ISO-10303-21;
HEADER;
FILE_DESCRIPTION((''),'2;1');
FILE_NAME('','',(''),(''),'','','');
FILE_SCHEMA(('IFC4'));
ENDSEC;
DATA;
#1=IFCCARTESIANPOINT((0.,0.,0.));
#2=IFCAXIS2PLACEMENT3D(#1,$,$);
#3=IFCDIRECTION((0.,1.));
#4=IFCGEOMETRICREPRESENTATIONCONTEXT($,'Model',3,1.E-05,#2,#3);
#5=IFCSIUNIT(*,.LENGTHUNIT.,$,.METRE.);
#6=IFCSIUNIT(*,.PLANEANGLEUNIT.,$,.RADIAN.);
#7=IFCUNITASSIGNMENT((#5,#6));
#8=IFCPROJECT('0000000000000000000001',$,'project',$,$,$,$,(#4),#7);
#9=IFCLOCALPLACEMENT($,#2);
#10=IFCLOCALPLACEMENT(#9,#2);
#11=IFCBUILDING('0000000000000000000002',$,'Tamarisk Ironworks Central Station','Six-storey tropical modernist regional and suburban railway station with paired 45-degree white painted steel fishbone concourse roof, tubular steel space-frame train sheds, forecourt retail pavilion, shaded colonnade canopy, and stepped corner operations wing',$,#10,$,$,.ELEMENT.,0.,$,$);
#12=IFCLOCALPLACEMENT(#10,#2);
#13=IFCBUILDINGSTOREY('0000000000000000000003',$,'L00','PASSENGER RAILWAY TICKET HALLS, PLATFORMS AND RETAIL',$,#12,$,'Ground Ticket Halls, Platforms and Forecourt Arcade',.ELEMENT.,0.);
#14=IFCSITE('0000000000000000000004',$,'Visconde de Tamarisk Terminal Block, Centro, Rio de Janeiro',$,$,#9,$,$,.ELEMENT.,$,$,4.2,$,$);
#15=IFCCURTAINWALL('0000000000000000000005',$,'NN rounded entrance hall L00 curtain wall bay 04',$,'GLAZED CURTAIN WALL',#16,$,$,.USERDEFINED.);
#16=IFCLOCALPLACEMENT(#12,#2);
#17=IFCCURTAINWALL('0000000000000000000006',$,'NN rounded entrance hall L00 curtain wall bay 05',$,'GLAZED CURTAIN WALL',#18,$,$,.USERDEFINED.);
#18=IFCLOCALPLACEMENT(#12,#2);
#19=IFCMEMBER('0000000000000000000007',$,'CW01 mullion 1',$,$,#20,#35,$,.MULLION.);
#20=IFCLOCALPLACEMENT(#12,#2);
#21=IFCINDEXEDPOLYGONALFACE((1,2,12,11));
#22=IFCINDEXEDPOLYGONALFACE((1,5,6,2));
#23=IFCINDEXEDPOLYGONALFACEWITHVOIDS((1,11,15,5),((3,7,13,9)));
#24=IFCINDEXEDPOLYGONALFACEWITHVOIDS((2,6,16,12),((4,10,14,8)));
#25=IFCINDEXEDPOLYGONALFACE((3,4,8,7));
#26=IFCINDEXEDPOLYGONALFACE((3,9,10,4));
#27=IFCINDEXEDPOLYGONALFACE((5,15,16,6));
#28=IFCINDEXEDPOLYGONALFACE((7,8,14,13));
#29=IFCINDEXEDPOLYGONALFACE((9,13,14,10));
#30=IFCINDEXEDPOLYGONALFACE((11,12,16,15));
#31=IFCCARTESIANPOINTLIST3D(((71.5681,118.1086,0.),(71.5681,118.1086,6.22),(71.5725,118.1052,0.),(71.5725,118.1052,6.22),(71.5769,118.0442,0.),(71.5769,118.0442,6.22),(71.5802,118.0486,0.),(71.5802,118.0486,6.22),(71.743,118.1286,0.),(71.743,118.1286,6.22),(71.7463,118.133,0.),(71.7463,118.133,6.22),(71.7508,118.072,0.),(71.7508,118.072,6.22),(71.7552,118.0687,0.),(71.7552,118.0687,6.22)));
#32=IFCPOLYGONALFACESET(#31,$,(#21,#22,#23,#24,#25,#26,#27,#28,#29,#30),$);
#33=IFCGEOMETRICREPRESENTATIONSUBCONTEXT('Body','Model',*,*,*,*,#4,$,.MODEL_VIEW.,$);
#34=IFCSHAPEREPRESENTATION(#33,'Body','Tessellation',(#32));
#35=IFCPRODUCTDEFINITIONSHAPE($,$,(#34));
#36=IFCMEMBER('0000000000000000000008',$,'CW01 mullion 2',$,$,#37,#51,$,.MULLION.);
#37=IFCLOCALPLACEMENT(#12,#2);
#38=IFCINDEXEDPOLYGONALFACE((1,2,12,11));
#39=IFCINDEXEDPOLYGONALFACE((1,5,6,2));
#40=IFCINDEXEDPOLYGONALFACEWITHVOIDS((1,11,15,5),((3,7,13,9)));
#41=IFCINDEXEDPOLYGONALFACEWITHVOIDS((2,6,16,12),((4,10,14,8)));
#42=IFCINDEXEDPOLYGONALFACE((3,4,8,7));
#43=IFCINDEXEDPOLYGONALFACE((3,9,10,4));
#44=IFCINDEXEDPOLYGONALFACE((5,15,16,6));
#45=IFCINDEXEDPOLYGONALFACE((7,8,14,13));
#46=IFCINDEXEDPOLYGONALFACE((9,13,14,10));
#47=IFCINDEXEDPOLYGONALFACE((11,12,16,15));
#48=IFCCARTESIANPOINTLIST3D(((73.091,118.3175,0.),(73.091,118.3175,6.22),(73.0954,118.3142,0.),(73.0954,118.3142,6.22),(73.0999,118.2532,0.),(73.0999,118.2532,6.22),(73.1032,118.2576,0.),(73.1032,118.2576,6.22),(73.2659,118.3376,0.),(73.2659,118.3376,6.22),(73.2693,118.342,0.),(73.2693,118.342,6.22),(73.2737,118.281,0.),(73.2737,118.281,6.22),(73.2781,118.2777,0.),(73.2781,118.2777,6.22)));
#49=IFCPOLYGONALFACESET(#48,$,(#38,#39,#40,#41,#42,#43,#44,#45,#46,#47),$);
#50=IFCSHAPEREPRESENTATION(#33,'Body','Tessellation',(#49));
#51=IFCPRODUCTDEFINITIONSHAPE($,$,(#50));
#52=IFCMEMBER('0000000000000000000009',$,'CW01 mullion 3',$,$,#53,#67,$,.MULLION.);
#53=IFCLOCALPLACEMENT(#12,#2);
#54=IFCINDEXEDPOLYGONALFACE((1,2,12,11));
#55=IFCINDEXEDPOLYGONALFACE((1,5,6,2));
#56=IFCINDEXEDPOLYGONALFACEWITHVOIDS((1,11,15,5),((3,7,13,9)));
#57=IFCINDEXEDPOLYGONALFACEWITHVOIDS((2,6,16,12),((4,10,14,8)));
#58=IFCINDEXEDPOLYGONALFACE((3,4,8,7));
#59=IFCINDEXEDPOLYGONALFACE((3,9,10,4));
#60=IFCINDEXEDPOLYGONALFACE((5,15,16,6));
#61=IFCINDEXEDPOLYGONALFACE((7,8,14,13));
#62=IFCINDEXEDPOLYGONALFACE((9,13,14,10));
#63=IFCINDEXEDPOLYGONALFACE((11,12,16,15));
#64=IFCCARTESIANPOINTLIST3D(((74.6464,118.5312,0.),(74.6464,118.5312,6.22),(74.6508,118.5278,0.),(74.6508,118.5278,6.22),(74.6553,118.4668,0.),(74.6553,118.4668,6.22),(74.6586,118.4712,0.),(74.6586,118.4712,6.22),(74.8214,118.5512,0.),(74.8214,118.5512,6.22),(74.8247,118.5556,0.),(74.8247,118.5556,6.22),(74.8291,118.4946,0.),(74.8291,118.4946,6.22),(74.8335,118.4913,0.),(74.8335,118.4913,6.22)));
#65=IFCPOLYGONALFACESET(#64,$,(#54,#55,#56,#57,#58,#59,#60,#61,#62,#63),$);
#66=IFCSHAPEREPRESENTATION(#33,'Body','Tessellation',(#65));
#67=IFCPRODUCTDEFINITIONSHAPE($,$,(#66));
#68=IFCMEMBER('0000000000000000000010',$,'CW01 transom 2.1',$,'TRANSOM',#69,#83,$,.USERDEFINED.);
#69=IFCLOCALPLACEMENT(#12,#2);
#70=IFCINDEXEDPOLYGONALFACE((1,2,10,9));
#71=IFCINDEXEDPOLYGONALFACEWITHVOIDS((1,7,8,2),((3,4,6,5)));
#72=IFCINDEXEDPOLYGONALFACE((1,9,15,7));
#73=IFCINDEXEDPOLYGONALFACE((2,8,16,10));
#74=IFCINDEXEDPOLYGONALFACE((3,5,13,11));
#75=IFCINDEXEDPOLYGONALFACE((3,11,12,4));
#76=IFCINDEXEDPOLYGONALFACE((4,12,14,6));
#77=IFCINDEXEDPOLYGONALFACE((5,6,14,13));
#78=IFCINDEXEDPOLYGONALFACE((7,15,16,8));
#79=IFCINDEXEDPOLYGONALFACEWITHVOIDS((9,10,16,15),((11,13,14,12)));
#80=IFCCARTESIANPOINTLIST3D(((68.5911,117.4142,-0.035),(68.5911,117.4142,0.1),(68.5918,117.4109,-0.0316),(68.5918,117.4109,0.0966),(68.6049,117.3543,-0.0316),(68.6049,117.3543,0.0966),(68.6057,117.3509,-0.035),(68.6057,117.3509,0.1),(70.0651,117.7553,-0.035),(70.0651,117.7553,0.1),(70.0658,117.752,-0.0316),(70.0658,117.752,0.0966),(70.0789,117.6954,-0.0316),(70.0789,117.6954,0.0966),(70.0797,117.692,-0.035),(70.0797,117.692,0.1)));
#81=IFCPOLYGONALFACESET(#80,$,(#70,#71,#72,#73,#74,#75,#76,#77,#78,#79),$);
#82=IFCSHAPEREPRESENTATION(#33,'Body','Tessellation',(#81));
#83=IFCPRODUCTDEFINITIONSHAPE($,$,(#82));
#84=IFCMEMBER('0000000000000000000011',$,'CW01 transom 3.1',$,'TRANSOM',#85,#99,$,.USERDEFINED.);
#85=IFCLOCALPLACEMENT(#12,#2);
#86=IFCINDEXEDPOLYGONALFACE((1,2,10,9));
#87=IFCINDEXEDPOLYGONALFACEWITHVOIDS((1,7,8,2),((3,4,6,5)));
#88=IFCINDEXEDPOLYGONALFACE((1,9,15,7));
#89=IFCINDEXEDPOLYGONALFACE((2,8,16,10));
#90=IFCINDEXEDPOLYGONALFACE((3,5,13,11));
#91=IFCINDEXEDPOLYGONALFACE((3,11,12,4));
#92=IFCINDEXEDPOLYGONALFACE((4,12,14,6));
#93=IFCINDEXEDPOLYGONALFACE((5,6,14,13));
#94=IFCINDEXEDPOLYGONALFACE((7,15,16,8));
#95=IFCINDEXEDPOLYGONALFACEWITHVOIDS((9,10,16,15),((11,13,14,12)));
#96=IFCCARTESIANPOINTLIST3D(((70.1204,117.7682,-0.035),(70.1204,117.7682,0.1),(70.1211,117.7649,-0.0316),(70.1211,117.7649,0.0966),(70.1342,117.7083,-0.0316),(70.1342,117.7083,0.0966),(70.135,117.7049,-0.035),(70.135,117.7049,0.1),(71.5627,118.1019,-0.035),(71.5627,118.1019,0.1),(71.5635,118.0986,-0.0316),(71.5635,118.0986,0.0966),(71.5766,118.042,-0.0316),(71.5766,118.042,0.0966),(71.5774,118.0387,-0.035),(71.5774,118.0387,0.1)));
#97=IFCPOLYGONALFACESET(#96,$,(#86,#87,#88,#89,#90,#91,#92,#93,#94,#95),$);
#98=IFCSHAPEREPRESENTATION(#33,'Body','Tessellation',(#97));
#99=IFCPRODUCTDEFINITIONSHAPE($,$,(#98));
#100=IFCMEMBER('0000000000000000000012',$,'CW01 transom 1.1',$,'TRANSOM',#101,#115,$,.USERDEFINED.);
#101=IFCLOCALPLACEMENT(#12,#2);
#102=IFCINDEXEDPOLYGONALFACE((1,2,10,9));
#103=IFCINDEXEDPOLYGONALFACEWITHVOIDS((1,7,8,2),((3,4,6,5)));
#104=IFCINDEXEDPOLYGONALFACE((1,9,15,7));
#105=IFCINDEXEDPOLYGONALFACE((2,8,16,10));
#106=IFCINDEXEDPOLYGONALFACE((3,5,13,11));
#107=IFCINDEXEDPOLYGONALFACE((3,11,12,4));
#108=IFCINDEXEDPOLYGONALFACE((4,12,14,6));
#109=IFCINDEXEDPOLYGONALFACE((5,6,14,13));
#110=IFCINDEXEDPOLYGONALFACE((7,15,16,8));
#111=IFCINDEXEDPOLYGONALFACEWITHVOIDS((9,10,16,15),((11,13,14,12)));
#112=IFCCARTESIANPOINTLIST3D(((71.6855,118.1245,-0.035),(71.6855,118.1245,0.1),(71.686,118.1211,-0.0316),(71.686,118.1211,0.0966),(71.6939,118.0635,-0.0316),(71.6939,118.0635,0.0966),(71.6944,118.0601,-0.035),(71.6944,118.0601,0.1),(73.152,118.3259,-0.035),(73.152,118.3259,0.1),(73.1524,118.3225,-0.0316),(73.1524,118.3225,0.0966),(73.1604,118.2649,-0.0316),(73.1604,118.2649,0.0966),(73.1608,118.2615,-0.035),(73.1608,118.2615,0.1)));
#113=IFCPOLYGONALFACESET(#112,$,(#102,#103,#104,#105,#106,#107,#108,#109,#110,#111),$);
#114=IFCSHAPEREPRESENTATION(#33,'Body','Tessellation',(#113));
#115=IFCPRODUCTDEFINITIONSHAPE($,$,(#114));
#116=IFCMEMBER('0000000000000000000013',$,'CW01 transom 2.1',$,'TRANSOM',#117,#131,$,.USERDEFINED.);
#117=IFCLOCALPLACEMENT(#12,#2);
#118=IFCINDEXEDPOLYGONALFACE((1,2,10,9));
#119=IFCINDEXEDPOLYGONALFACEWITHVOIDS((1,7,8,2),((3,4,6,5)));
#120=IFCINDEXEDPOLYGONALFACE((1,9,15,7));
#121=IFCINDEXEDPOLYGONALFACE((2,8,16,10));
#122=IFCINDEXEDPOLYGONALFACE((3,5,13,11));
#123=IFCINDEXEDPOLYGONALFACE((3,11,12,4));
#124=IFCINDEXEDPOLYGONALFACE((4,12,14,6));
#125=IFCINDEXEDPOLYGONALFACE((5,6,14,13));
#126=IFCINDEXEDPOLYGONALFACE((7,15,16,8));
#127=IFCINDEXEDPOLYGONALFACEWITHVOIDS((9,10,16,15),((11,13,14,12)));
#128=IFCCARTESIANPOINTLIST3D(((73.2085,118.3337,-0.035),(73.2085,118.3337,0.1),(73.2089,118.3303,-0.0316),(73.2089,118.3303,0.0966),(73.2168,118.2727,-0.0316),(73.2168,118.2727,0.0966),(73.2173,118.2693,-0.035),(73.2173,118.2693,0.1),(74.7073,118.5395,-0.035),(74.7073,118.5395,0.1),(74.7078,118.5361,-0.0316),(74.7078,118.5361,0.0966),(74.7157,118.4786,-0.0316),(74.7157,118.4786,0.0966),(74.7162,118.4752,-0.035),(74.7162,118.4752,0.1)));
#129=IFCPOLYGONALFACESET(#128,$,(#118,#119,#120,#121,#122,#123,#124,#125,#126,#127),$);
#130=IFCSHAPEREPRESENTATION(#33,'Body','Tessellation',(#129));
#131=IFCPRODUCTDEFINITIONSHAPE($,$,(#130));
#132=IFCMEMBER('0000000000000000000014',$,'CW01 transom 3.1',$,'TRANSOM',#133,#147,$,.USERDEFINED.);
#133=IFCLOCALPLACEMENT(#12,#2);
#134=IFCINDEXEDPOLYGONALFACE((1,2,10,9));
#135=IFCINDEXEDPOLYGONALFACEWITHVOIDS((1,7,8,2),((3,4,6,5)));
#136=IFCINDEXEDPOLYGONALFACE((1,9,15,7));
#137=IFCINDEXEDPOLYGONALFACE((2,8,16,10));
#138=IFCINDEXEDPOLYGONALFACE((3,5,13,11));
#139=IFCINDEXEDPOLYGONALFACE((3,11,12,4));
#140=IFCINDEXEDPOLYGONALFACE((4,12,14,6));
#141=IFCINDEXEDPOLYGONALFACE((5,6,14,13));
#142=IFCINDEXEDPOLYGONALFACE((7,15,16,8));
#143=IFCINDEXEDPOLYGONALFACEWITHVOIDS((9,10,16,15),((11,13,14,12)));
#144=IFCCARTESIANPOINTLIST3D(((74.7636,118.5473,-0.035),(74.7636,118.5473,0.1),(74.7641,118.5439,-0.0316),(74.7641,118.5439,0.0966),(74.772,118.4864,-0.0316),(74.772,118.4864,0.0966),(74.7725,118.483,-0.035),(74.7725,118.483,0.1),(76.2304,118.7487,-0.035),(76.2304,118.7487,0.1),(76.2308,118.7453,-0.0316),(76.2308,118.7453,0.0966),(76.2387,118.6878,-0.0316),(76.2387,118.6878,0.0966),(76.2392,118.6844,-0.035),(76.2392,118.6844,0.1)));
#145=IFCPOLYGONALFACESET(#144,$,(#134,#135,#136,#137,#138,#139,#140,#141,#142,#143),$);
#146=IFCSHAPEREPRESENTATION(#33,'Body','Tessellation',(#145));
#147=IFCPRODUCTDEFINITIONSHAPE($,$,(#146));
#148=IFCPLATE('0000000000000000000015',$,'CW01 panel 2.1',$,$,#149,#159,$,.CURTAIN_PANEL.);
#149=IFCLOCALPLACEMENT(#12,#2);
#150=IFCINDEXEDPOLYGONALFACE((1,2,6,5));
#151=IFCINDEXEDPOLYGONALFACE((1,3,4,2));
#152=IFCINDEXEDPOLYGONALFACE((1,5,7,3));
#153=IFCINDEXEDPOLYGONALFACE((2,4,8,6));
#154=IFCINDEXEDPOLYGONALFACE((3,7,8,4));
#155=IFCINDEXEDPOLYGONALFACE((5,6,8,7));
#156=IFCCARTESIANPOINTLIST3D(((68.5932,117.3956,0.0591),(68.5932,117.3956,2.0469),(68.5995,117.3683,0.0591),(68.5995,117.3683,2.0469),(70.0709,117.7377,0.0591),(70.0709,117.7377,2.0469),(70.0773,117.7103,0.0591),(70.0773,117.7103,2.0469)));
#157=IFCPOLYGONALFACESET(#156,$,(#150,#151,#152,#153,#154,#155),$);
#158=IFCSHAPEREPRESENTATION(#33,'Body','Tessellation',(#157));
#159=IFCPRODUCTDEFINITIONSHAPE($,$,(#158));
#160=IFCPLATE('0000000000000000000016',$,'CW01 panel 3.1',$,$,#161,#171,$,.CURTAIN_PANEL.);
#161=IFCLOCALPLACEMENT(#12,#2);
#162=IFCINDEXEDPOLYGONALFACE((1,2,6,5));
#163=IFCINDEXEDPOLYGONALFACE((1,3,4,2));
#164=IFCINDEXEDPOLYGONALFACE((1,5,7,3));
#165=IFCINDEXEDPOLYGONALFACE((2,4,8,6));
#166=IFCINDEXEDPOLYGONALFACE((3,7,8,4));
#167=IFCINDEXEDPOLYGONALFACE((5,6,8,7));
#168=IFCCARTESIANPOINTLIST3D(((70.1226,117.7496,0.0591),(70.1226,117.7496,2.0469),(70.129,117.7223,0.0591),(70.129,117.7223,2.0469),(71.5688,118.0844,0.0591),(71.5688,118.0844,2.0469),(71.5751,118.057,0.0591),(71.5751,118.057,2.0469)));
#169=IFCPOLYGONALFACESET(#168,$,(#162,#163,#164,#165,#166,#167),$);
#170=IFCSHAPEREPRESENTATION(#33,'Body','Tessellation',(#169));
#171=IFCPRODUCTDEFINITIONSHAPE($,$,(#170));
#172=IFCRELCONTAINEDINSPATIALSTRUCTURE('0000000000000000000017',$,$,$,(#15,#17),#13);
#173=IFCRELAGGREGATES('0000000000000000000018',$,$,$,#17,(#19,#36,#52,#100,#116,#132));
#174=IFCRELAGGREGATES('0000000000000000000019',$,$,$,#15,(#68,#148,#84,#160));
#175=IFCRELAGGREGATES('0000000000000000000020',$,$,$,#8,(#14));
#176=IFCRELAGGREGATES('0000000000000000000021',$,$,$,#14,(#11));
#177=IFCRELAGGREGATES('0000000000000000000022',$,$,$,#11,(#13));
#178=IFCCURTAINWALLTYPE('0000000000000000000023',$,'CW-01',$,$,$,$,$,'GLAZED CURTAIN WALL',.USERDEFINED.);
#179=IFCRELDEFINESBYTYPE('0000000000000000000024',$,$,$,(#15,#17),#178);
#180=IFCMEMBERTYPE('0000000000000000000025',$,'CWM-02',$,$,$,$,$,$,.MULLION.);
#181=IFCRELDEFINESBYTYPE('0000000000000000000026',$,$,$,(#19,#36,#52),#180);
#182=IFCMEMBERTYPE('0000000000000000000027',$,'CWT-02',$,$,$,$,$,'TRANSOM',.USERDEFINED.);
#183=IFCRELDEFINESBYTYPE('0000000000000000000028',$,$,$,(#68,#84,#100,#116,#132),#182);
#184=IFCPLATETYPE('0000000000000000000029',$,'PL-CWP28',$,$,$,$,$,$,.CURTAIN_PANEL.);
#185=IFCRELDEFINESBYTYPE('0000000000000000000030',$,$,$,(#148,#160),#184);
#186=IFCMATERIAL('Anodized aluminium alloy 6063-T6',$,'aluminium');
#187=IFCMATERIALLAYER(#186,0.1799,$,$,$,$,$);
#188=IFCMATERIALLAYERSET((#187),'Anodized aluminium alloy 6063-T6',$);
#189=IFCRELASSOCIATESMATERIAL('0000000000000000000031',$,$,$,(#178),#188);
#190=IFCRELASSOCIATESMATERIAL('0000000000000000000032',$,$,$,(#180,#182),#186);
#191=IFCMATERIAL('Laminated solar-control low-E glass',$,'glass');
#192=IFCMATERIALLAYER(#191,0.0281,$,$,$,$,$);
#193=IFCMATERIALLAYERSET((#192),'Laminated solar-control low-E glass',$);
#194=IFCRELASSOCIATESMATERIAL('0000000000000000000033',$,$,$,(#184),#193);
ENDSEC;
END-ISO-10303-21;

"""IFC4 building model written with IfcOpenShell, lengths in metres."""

from ifc_helpers import new_model, si_unit, direction, frame, origin, origin_2d, place, context, subcontext, project, spatial, rectangle, hollow_rectangle, extrude, material, layer, layer_set, material_profile, profile_set, type_object, element, aggregate, save


model = new_model("IFC4")

# Units and contexts
model_context = context("Model", 3, precision=1e-05, world=origin(), true_north=direction((0.0, 1.0)))
body_context = subcontext(model_context, "Body", "Model", "MODEL_VIEW")
ifc_project = project(units=[si_unit("LENGTHUNIT", "METRE"), si_unit("PLANEANGLEUNIT", "RADIAN")], contexts=[model_context])

# Site, building, storey
site_placement = place(None, origin())
site = spatial("IfcSite", under=ifc_project, at=site_placement, Name="Visconde de Tamarisk Terminal Block, Centro, Rio de Janeiro", CompositionType="ELEMENT", RefElevation=4.2)
building_placement = place(site_placement, origin())
building = spatial("IfcBuilding", under=site, at=building_placement, Name="Tamarisk Ironworks Central Station", Description="Six-storey tropical modernist regional and suburban railway station with paired 45-degree white painted steel fishbone concourse roof, tubular steel space-frame train sheds, forecourt retail pavilion, shaded colonnade canopy, and stepped corner operations wing", CompositionType="ELEMENT", ElevationOfRefHeight=0.0)
storey_placement = place(building_placement, origin())
storey = spatial("IfcBuildingStorey", under=building, at=storey_placement, Name="L00", Description="PASSENGER RAILWAY TICKET HALLS, PLATFORMS AND RETAIL", LongName="Ground Ticket Halls, Platforms and Forecourt Arcade", CompositionType="ELEMENT", Elevation=0.0)

# Curtain walls, members
ifc_material_1 = material(Name="Anodized aluminium alloy 6063-T6", Category="aluminium")
ifc_layer_1 = layer(ifc_material_1, 0.1799)
ifc_layer_set_1 = layer_set([ifc_layer_1], Name="Anodized aluminium alloy 6063-T6")
curtain_wall_type = type_object("IfcCurtainWallType", Name="CW-01", ElementType="GLAZED CURTAIN WALL", PredefinedType="USERDEFINED", material=ifc_layer_set_1)
curtain_wall_1_placement = place(storey_placement, origin())
curtain_wall_1 = element("IfcCurtainWall", 1, at=curtain_wall_1_placement, inside=storey, type_object=curtain_wall_type, Name="NN rounded entrance hall L00 curtain wall bay 04", ObjectType="GLAZED CURTAIN WALL", PredefinedType="USERDEFINED")
ifc_material_profile_1 = material_profile(ifc_material_1, hollow_rectangle(XDim=0.0649, YDim=0.1799, WallThickness=0.0039, at=origin_2d()), Name="ALUM 180x65")
ifc_profile_set_1 = profile_set([ifc_material_profile_1], Name="Anodized aluminium alloy 6063-T6")
member_type_1 = type_object("IfcMemberType", Name="CWM-02", PredefinedType="MULLION", material=ifc_profile_set_1)
curtain_wall_2_placement = place(storey_placement, origin())
curtain_wall_2 = element("IfcCurtainWall", 2, at=curtain_wall_2_placement, inside=storey, type_object=curtain_wall_type, Name="NN rounded entrance hall L00 curtain wall bay 05", ObjectType="GLAZED CURTAIN WALL", PredefinedType="USERDEFINED")
member_1_placement = place(storey_placement, frame((71.6616, 118.0886, 0.0), z_axis=(0.0, 0.0, 1.0), x_axis=(-0.136042, 0.990703, 0.0)))
member_1 = element("IfcMember", 3, at=member_1_placement, type_object=member_type_1, Name="CW01 mullion 1", PredefinedType="MULLION", context=body_context, shape_type="SweptSolid", body=[
    extrude(hollow_rectangle(XDim=0.0649, YDim=0.1799, WallThickness=0.0039, at=origin_2d()), origin(), (0.0, 0.0, 1.0), 6.22),
])
member_2_placement = place(storey_placement, frame((73.1846, 118.2976, 0.0), z_axis=(0.0, 0.0, 1.0), x_axis=(-0.136042, 0.990703, 0.0)))
member_2 = element("IfcMember", 4, at=member_2_placement, type_object=member_type_1, Name="CW01 mullion 2", PredefinedType="MULLION", context=body_context, shape_type="SweptSolid", body=[
    extrude(hollow_rectangle(XDim=0.0649, YDim=0.1799, WallThickness=0.0039, at=origin_2d()), origin(), (0.0, 0.0, 1.0), 6.22),
])
member_3_placement = place(storey_placement, frame((74.74, 118.5112, 0.0), z_axis=(0.0, 0.0, 1.0), x_axis=(-0.136042, 0.990703, 0.0)))
member_3 = element("IfcMember", 5, at=member_3_placement, type_object=member_type_1, Name="CW01 mullion 3", PredefinedType="MULLION", context=body_context, shape_type="SweptSolid", body=[
    extrude(hollow_rectangle(XDim=0.0649, YDim=0.1799, WallThickness=0.0039, at=origin_2d()), origin(), (0.0, 0.0, 1.0), 6.22),
])

# Members
ifc_material_profile_2 = material_profile(ifc_material_1, hollow_rectangle(XDim=0.0649, YDim=0.135, WallThickness=0.0034, at=origin_2d()), Name="ALUM 135x65")
ifc_profile_set_2 = profile_set([ifc_material_profile_2], Name="Anodized aluminium alloy 6063-T6")
member_type_2 = type_object("IfcMemberType", Name="CWT-02", ElementType="TRANSOM", PredefinedType="USERDEFINED", material=ifc_profile_set_2)
member_4_placement = place(storey_placement, frame((68.5984, 117.3826, 0.0325), z_axis=(0.974255, 0.225449, 0.0), x_axis=(-0.225449, 0.974255, 0.0)))
member_4 = element("IfcMember", 6, at=member_4_placement, type_object=member_type_2, Name="CW01 transom 2.1", ObjectType="TRANSOM", PredefinedType="USERDEFINED", context=body_context, shape_type="SweptSolid", body=[
    extrude(hollow_rectangle(XDim=0.0649, YDim=0.135, WallThickness=0.0034, at=origin_2d()), origin(), (0.0, 0.0, 1.0), 1.5129),
])
member_5_placement = place(storey_placement, frame((70.1277, 117.7366, 0.0325), z_axis=(0.97426, 0.225426, 0.0), x_axis=(-0.225426, 0.97426, 0.0)))
member_5 = element("IfcMember", 7, at=member_5_placement, type_object=member_type_2, Name="CW01 transom 3.1", ObjectType="TRANSOM", PredefinedType="USERDEFINED", context=body_context, shape_type="SweptSolid", body=[
    extrude(hollow_rectangle(XDim=0.0649, YDim=0.135, WallThickness=0.0034, at=origin_2d()), origin(), (0.0, 0.0, 1.0), 1.4805),
])
member_6_placement = place(storey_placement, frame((71.6899, 118.0923, 0.0325), z_axis=(0.9907, 0.136063, 0.0), x_axis=(-0.136063, 0.9907, 0.0)))
member_6 = element("IfcMember", 8, at=member_6_placement, type_object=member_type_2, Name="CW01 transom 1.1", ObjectType="TRANSOM", PredefinedType="USERDEFINED", context=body_context, shape_type="SweptSolid", body=[
    extrude(hollow_rectangle(XDim=0.0649, YDim=0.135, WallThickness=0.0034, at=origin_2d()), origin(), (0.0, 0.0, 1.0), 1.4802),
])
member_7_placement = place(storey_placement, frame((73.2129, 118.3015, 0.0325), z_axis=(0.990703, 0.136042, 0.0), x_axis=(-0.136042, 0.990703, 0.0)))
member_7 = element("IfcMember", 9, at=member_7_placement, type_object=member_type_2, Name="CW01 transom 2.1", ObjectType="TRANSOM", PredefinedType="USERDEFINED", context=body_context, shape_type="SweptSolid", body=[
    extrude(hollow_rectangle(XDim=0.0649, YDim=0.135, WallThickness=0.0034, at=origin_2d()), origin(), (0.0, 0.0, 1.0), 1.5129),
])
member_8_placement = place(storey_placement, frame((74.7681, 118.5151, 0.0325), z_axis=(0.990703, 0.13604, 0.0), x_axis=(-0.13604, 0.990703, 0.0)))
member_8 = element("IfcMember", 10, at=member_8_placement, type_object=member_type_2, Name="CW01 transom 3.1", ObjectType="TRANSOM", PredefinedType="USERDEFINED", context=body_context, shape_type="SweptSolid", body=[
    extrude(hollow_rectangle(XDim=0.0649, YDim=0.135, WallThickness=0.0034, at=origin_2d()), origin(), (0.0, 0.0, 1.0), 1.4805),
])
aggregate(curtain_wall_2, [member_1, member_2, member_3, member_6, member_7, member_8])

# Plates
ifc_material_2 = material(Name="Laminated solar-control low-E glass", Category="glass")
ifc_layer_2 = layer(ifc_material_2, 0.0281)
ifc_layer_set_2 = layer_set([ifc_layer_2], Name="Laminated solar-control low-E glass")
plate_type = type_object("IfcPlateType", Name="PL-CWP28", PredefinedType="CURTAIN_PANEL", material=ifc_layer_set_2)
plate_1_placement = place(storey_placement, frame((69.3352, 117.553, 0.0591), z_axis=(0.0, 0.0, 1.0), x_axis=(0.974239, 0.225517, 0.0)))
plate_1 = element("IfcPlate", 11, at=plate_1_placement, type_object=plate_type, Name="CW01 panel 2.1", PredefinedType="CURTAIN_PANEL", context=body_context, shape_type="SweptSolid", body=[
    extrude(rectangle(XDim=1.5168, YDim=0.0281, at=origin_2d()), origin(), (0.0, 0.0, 1.0), 1.9878),
])
plate_2_placement = place(storey_placement, frame((70.8489, 117.9033, 0.0591), z_axis=(0.0, 0.0, 1.0), x_axis=(0.974239, 0.225517, 0.0)))
plate_2 = element("IfcPlate", 12, at=plate_2_placement, type_object=plate_type, Name="CW01 panel 3.1", PredefinedType="CURTAIN_PANEL", context=body_context, shape_type="SweptSolid", body=[
    extrude(rectangle(XDim=1.4844, YDim=0.0281, at=origin_2d()), origin(), (0.0, 0.0, 1.0), 1.9878),
])
aggregate(curtain_wall_1, [member_4, plate_1, member_5, plate_2])

save(model, "model.ifc")
